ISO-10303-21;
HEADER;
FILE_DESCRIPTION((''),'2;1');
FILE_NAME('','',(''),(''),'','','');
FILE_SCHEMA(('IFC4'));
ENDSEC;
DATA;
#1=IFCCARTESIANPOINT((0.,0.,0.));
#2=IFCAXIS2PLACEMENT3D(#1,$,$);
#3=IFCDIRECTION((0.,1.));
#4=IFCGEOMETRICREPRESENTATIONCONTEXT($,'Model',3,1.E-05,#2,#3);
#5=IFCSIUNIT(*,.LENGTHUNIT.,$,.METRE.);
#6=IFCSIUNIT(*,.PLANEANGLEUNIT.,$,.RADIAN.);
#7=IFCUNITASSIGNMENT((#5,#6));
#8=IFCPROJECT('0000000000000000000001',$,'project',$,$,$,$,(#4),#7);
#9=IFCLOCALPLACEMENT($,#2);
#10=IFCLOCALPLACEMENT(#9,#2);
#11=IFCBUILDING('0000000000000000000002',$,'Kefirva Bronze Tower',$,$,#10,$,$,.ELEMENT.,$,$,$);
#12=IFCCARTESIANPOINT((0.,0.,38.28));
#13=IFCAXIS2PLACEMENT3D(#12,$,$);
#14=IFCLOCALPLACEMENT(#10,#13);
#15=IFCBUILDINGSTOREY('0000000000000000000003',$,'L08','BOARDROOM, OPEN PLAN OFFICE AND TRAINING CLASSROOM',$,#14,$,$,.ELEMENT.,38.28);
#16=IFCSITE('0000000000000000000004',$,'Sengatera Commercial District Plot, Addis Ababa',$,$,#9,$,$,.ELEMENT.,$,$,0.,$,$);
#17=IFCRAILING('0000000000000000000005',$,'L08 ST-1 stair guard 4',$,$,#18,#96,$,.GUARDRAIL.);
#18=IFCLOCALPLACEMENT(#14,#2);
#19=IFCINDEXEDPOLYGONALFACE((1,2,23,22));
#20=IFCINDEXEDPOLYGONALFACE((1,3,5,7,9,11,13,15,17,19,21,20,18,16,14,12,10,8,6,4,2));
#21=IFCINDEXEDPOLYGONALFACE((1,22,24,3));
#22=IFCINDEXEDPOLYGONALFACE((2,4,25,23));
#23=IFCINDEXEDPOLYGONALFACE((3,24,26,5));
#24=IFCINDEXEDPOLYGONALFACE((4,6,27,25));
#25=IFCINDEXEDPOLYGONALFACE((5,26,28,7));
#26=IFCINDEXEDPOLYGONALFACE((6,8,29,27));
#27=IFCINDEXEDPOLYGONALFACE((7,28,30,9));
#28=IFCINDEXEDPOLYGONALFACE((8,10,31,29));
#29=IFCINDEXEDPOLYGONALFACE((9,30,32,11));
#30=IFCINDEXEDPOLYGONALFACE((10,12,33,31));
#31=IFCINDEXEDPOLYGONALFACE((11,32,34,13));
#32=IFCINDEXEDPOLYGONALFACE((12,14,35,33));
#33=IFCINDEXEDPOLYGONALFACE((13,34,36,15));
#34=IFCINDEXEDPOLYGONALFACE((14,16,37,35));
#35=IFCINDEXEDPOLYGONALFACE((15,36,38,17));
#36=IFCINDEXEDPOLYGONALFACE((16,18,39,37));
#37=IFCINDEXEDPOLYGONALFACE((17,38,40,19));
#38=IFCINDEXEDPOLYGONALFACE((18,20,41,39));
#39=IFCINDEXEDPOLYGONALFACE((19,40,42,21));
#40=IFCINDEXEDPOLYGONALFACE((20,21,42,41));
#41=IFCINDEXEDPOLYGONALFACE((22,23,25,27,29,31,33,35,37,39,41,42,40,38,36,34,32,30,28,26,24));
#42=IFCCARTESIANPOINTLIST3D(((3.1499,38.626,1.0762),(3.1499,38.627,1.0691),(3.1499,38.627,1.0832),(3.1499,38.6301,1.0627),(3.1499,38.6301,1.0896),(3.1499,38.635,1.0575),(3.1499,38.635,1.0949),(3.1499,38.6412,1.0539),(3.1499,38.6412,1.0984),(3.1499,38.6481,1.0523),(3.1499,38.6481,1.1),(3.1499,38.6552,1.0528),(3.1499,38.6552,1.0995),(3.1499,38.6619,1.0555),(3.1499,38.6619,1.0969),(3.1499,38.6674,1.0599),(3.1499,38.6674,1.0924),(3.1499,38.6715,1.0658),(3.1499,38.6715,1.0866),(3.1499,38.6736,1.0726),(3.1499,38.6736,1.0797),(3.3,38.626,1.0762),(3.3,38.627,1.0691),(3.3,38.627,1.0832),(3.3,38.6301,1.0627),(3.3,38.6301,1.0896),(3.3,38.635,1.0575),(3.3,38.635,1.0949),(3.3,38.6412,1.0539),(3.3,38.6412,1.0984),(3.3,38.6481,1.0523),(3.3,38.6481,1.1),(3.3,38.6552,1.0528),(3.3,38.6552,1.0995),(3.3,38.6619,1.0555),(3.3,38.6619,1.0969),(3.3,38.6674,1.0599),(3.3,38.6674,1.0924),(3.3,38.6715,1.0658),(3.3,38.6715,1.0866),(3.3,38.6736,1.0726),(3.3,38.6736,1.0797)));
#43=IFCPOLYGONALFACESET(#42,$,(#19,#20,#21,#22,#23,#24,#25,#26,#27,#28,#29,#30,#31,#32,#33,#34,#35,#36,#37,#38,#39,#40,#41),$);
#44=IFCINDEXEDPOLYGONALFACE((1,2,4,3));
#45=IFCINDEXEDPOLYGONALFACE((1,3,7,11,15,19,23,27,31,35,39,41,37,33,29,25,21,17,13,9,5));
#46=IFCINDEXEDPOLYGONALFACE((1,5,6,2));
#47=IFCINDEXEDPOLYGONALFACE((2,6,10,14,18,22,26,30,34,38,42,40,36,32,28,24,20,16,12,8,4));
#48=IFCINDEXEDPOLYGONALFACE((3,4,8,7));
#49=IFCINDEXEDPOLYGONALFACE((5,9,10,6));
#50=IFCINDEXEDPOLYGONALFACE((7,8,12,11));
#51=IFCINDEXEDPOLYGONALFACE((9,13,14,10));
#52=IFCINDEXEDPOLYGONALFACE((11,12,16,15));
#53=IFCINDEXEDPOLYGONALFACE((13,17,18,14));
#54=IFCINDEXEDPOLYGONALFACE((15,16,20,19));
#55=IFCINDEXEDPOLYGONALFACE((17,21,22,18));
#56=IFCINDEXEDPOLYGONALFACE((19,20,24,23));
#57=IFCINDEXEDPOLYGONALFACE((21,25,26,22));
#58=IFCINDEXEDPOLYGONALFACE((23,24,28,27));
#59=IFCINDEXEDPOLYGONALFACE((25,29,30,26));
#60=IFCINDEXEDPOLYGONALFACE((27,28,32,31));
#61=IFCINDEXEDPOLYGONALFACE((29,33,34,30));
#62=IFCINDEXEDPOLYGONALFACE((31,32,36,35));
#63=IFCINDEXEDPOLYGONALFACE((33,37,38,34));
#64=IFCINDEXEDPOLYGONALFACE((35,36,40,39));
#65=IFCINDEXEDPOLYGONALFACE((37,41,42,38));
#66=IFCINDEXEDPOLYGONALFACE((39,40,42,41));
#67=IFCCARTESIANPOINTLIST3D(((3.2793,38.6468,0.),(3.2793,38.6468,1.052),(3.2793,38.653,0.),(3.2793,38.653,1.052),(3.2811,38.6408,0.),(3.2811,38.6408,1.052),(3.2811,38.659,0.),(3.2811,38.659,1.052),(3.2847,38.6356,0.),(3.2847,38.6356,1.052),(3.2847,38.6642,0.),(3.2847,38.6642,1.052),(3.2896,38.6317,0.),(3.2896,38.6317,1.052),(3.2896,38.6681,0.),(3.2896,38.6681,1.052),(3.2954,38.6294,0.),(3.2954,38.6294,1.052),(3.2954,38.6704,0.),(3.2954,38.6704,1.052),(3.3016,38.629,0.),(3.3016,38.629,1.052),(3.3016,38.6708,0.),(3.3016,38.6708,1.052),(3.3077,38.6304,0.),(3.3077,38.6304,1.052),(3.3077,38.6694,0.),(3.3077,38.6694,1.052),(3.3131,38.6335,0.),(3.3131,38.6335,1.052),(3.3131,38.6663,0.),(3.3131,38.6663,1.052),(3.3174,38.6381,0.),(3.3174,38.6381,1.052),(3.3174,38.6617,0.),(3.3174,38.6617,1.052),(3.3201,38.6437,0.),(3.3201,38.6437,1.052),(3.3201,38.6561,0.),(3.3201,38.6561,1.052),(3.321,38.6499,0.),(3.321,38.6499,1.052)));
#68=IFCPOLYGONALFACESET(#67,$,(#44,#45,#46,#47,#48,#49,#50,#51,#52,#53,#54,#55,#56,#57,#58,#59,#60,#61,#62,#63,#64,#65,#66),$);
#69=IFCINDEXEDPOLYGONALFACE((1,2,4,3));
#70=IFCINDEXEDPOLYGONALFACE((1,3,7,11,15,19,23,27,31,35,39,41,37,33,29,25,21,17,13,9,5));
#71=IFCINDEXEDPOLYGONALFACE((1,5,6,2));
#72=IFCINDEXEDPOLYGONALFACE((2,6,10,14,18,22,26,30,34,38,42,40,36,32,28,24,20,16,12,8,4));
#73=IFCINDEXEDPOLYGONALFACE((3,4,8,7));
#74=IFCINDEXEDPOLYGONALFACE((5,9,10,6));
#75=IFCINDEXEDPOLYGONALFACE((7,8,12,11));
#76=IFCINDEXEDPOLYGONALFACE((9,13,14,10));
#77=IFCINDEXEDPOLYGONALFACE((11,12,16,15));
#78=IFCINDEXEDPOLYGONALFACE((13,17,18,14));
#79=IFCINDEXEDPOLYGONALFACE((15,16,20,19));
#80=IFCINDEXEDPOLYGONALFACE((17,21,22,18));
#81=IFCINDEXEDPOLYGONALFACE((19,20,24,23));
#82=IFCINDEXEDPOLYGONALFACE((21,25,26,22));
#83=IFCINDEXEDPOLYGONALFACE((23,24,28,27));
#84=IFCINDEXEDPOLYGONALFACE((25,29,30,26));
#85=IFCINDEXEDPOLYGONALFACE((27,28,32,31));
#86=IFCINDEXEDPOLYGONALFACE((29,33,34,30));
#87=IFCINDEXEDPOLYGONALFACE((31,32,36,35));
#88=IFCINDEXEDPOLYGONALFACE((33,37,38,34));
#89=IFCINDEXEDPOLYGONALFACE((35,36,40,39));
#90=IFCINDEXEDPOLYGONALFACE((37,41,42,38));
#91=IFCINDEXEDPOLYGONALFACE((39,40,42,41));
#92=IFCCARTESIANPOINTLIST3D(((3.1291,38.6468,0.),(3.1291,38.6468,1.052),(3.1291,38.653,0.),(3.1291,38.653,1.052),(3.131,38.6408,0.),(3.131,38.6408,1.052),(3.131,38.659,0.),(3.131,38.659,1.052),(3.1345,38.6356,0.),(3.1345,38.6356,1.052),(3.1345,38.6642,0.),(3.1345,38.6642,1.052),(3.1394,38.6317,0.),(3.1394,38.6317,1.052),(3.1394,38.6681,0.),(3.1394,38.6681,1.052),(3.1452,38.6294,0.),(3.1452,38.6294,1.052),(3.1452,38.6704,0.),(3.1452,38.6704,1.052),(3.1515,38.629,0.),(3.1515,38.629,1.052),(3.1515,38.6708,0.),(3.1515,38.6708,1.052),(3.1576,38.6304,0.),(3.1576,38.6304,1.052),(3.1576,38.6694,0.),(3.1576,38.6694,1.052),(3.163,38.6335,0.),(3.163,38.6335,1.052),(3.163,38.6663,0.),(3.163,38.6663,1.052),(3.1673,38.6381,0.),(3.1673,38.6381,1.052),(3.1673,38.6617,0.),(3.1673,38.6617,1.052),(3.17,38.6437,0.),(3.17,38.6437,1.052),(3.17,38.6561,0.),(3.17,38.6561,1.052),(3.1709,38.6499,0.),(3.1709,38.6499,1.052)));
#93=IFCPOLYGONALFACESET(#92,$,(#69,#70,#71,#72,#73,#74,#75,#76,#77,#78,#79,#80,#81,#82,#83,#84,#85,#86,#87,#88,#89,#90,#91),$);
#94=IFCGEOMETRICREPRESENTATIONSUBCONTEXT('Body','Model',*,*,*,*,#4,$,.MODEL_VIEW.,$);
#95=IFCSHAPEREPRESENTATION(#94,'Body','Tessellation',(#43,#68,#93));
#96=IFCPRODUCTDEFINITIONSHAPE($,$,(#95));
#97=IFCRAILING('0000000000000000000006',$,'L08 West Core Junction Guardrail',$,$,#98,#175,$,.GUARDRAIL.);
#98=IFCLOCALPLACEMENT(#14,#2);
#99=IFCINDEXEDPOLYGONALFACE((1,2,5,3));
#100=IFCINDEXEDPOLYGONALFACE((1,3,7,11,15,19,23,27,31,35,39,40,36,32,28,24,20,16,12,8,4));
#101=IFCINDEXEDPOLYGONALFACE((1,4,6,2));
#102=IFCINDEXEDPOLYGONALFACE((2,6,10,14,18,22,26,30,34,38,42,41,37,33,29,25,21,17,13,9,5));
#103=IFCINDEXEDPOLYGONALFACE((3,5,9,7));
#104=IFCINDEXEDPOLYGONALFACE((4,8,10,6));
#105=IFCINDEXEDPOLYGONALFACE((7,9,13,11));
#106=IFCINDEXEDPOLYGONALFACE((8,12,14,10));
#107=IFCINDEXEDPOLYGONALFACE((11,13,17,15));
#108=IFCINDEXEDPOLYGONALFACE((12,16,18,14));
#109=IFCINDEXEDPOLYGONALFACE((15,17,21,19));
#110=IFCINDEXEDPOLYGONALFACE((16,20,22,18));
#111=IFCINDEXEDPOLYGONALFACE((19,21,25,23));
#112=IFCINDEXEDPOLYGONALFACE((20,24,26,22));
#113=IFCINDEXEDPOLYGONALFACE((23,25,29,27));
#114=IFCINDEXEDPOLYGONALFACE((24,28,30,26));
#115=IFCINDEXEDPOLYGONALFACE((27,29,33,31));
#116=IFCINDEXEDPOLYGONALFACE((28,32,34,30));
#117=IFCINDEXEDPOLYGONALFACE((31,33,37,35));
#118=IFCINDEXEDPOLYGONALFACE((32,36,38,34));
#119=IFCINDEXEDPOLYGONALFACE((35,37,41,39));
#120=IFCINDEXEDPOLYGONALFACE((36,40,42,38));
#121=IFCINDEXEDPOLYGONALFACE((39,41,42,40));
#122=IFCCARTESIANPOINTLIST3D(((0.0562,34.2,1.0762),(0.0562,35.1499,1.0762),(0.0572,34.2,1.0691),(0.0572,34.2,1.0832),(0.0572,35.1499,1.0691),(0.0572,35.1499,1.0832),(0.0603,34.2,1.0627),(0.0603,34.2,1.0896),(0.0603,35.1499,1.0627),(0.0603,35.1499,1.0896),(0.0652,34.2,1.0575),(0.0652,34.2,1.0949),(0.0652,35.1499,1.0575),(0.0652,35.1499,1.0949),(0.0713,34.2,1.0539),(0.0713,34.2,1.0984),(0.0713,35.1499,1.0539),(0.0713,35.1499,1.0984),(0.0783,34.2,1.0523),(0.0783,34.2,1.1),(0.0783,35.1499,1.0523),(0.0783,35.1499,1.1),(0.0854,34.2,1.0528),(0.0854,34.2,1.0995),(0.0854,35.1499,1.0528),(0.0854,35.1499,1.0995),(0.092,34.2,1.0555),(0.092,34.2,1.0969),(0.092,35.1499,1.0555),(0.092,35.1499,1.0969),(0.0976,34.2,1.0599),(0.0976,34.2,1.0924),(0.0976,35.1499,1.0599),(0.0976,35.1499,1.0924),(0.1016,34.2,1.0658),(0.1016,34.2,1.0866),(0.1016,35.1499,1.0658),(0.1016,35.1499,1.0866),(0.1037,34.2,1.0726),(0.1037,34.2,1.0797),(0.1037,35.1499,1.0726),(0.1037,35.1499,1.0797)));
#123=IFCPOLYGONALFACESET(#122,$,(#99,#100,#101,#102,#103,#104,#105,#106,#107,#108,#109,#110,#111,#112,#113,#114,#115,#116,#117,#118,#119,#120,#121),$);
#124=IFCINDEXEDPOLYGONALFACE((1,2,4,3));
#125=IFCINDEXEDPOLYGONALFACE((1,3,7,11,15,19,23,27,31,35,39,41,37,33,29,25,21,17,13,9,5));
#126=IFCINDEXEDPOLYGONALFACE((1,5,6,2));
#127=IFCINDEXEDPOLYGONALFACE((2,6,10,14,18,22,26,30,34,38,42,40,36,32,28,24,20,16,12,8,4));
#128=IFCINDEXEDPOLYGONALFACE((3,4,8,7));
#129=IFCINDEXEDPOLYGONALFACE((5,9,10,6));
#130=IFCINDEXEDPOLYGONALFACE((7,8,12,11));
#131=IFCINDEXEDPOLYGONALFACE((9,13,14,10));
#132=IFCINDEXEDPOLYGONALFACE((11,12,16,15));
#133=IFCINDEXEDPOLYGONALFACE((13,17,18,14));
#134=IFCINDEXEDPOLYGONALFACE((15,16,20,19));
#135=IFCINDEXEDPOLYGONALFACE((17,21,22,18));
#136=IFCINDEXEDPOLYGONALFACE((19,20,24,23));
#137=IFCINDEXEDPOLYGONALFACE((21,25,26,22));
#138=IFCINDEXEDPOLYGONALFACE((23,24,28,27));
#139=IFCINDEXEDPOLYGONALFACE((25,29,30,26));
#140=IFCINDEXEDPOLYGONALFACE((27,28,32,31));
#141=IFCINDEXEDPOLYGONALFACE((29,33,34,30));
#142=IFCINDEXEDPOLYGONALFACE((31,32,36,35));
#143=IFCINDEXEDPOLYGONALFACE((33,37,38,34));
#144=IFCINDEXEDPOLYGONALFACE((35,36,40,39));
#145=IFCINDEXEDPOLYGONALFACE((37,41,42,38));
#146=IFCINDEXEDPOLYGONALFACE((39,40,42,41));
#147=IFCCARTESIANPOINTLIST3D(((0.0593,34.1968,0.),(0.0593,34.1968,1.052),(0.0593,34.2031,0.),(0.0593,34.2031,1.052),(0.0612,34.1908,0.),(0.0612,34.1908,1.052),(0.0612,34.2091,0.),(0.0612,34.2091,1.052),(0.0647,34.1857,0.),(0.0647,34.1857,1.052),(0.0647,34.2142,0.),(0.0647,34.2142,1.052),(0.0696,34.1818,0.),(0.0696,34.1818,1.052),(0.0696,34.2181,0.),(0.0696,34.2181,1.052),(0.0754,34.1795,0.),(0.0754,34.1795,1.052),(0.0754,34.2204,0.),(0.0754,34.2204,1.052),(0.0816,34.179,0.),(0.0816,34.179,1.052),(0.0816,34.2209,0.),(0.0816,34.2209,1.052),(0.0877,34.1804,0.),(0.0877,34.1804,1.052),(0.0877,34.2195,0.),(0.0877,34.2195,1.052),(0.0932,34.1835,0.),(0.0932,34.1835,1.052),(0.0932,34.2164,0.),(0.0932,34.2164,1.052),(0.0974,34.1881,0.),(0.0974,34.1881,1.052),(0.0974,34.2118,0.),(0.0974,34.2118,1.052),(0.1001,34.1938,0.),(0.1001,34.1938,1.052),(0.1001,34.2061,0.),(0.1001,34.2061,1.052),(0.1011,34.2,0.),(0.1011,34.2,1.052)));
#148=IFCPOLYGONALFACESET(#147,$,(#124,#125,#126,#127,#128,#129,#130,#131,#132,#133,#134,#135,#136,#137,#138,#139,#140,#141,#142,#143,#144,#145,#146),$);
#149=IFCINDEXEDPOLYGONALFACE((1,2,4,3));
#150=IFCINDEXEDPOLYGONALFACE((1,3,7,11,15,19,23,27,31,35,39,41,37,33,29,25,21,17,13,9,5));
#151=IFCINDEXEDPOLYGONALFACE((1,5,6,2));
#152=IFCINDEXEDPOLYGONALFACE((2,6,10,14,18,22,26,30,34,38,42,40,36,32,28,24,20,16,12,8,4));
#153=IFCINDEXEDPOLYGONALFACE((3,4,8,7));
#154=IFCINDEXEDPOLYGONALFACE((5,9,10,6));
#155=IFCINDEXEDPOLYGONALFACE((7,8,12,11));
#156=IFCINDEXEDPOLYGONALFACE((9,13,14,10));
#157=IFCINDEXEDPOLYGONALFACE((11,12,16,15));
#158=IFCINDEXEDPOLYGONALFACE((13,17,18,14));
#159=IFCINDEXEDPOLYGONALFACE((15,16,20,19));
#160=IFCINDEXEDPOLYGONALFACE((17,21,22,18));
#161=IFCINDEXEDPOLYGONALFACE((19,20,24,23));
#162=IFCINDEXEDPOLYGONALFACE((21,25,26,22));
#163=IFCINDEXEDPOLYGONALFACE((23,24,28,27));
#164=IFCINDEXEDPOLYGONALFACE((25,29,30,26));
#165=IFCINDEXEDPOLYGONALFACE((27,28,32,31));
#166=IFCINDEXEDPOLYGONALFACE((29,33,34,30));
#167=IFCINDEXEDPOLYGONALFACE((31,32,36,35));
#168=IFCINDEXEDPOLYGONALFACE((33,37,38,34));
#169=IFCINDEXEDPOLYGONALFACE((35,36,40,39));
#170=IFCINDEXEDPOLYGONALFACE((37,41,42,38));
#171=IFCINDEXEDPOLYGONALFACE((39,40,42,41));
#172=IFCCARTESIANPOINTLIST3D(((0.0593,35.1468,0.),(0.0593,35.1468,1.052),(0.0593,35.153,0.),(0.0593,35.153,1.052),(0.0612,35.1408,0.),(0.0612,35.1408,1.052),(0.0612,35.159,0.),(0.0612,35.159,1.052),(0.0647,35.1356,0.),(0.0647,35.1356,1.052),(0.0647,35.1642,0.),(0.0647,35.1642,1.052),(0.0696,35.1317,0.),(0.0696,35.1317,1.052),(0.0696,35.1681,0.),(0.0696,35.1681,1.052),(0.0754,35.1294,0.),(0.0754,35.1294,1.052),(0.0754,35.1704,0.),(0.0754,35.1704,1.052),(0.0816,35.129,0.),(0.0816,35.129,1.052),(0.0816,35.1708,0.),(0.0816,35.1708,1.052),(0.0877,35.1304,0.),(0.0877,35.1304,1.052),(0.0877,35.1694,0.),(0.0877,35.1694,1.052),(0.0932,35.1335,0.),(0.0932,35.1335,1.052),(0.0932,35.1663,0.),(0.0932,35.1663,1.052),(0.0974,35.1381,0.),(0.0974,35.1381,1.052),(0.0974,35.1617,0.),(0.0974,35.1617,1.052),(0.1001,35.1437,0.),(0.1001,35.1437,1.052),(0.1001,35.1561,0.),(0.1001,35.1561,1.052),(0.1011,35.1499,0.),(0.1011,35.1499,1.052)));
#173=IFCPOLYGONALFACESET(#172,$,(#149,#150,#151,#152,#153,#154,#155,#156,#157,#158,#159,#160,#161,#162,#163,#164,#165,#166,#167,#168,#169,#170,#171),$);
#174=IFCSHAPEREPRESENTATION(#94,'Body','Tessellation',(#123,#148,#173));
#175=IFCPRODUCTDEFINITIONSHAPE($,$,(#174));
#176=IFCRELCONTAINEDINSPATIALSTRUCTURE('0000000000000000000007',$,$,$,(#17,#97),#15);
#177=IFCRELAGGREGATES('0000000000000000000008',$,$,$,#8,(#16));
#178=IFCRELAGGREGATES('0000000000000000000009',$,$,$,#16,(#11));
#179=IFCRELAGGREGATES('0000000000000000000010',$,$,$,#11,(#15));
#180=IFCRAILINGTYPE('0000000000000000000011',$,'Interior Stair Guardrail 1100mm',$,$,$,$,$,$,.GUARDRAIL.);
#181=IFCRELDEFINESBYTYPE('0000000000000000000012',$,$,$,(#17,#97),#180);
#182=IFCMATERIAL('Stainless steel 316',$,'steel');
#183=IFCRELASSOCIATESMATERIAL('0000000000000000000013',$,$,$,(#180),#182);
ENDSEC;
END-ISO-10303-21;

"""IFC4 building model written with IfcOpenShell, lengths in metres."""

from ifc_helpers import new_model, si_unit, direction, frame, origin, origin_2d, place, context, subcontext, project, spatial, circle, extrude, material, type_object, element, save


model = new_model("IFC4")

# Units and contexts
model_context = context("Model", 3, precision=1e-05, world=origin(), true_north=direction((0.0, 1.0)))
body_context = subcontext(model_context, "Body", "Model", "MODEL_VIEW")
ifc_project = project(units=[si_unit("LENGTHUNIT", "METRE"), si_unit("PLANEANGLEUNIT", "RADIAN")], contexts=[model_context])

# Site, building, storey
site_placement = place(None, origin())
site = spatial("IfcSite", under=ifc_project, at=site_placement, Name="Sengatera Commercial District Plot, Addis Ababa", CompositionType="ELEMENT", RefElevation=0.0)
building_placement = place(site_placement, origin())
building = spatial("IfcBuilding", under=site, at=building_placement, Name="Kefirva Bronze Tower", CompositionType="ELEMENT")
storey_placement = place(building_placement, frame((0.0, 0.0, 38.28)))
storey = spatial("IfcBuildingStorey", under=building, at=storey_placement, Name="L08", Description="BOARDROOM, OPEN PLAN OFFICE AND TRAINING CLASSROOM", CompositionType="ELEMENT", Elevation=38.28)

# Railings
ifc_material_1 = material(Name="Stainless steel 316", Category="steel")
railing_type_1 = type_object("IfcRailingType", Name="Interior Stair Guardrail 1100mm", PredefinedType="GUARDRAIL", material=ifc_material_1)
railing_1_placement = place(storey_placement, frame((3.3, 38.6499, 0.0)))
element("IfcRailing", 1, at=railing_1_placement, inside=storey, type_object=railing_type_1, Name="L08 ST-1 stair guard 4", PredefinedType="GUARDRAIL", context=body_context, shape_type="SweptSolid", body=[
    extrude(circle(Radius=0.0239, at=origin_2d()), frame((0.0, 0.0, 1.0762), z_axis=(-1.0, 0.0, 0.0), x_axis=(0.0, -1.0, 0.0)), (0.0, 0.0, 1.0), 0.1501),
    extrude(circle(Radius=0.021, at=origin_2d()), origin(), (0.0, 0.0, 1.0), 1.052),
    extrude(circle(Radius=0.021, at=origin_2d()), frame((-0.1501, 0.0, 0.0)), (0.0, 0.0, 1.0), 1.052),
])
railing_2_placement = place(storey_placement, frame((0.0801, 34.2, 0.0)))
element("IfcRailing", 2, at=railing_2_placement, inside=storey, type_object=railing_type_1, Name="L08 West Core Junction Guardrail", PredefinedType="GUARDRAIL", context=body_context, shape_type="SweptSolid", body=[
    extrude(circle(Radius=0.0239, at=origin_2d()), frame((0.0, 0.0, 1.0762), z_axis=(0.0, 1.0, 0.0), x_axis=(-1.0, 0.0, 0.0)), (0.0, 0.0, 1.0), 0.95),
    extrude(circle(Radius=0.021, at=origin_2d()), origin(), (0.0, 0.0, 1.0), 1.052),
    extrude(circle(Radius=0.021, at=origin_2d()), frame((0.0, 0.95, 0.0)), (0.0, 0.0, 1.0), 1.052),
])

save(model, "model.ifc")
